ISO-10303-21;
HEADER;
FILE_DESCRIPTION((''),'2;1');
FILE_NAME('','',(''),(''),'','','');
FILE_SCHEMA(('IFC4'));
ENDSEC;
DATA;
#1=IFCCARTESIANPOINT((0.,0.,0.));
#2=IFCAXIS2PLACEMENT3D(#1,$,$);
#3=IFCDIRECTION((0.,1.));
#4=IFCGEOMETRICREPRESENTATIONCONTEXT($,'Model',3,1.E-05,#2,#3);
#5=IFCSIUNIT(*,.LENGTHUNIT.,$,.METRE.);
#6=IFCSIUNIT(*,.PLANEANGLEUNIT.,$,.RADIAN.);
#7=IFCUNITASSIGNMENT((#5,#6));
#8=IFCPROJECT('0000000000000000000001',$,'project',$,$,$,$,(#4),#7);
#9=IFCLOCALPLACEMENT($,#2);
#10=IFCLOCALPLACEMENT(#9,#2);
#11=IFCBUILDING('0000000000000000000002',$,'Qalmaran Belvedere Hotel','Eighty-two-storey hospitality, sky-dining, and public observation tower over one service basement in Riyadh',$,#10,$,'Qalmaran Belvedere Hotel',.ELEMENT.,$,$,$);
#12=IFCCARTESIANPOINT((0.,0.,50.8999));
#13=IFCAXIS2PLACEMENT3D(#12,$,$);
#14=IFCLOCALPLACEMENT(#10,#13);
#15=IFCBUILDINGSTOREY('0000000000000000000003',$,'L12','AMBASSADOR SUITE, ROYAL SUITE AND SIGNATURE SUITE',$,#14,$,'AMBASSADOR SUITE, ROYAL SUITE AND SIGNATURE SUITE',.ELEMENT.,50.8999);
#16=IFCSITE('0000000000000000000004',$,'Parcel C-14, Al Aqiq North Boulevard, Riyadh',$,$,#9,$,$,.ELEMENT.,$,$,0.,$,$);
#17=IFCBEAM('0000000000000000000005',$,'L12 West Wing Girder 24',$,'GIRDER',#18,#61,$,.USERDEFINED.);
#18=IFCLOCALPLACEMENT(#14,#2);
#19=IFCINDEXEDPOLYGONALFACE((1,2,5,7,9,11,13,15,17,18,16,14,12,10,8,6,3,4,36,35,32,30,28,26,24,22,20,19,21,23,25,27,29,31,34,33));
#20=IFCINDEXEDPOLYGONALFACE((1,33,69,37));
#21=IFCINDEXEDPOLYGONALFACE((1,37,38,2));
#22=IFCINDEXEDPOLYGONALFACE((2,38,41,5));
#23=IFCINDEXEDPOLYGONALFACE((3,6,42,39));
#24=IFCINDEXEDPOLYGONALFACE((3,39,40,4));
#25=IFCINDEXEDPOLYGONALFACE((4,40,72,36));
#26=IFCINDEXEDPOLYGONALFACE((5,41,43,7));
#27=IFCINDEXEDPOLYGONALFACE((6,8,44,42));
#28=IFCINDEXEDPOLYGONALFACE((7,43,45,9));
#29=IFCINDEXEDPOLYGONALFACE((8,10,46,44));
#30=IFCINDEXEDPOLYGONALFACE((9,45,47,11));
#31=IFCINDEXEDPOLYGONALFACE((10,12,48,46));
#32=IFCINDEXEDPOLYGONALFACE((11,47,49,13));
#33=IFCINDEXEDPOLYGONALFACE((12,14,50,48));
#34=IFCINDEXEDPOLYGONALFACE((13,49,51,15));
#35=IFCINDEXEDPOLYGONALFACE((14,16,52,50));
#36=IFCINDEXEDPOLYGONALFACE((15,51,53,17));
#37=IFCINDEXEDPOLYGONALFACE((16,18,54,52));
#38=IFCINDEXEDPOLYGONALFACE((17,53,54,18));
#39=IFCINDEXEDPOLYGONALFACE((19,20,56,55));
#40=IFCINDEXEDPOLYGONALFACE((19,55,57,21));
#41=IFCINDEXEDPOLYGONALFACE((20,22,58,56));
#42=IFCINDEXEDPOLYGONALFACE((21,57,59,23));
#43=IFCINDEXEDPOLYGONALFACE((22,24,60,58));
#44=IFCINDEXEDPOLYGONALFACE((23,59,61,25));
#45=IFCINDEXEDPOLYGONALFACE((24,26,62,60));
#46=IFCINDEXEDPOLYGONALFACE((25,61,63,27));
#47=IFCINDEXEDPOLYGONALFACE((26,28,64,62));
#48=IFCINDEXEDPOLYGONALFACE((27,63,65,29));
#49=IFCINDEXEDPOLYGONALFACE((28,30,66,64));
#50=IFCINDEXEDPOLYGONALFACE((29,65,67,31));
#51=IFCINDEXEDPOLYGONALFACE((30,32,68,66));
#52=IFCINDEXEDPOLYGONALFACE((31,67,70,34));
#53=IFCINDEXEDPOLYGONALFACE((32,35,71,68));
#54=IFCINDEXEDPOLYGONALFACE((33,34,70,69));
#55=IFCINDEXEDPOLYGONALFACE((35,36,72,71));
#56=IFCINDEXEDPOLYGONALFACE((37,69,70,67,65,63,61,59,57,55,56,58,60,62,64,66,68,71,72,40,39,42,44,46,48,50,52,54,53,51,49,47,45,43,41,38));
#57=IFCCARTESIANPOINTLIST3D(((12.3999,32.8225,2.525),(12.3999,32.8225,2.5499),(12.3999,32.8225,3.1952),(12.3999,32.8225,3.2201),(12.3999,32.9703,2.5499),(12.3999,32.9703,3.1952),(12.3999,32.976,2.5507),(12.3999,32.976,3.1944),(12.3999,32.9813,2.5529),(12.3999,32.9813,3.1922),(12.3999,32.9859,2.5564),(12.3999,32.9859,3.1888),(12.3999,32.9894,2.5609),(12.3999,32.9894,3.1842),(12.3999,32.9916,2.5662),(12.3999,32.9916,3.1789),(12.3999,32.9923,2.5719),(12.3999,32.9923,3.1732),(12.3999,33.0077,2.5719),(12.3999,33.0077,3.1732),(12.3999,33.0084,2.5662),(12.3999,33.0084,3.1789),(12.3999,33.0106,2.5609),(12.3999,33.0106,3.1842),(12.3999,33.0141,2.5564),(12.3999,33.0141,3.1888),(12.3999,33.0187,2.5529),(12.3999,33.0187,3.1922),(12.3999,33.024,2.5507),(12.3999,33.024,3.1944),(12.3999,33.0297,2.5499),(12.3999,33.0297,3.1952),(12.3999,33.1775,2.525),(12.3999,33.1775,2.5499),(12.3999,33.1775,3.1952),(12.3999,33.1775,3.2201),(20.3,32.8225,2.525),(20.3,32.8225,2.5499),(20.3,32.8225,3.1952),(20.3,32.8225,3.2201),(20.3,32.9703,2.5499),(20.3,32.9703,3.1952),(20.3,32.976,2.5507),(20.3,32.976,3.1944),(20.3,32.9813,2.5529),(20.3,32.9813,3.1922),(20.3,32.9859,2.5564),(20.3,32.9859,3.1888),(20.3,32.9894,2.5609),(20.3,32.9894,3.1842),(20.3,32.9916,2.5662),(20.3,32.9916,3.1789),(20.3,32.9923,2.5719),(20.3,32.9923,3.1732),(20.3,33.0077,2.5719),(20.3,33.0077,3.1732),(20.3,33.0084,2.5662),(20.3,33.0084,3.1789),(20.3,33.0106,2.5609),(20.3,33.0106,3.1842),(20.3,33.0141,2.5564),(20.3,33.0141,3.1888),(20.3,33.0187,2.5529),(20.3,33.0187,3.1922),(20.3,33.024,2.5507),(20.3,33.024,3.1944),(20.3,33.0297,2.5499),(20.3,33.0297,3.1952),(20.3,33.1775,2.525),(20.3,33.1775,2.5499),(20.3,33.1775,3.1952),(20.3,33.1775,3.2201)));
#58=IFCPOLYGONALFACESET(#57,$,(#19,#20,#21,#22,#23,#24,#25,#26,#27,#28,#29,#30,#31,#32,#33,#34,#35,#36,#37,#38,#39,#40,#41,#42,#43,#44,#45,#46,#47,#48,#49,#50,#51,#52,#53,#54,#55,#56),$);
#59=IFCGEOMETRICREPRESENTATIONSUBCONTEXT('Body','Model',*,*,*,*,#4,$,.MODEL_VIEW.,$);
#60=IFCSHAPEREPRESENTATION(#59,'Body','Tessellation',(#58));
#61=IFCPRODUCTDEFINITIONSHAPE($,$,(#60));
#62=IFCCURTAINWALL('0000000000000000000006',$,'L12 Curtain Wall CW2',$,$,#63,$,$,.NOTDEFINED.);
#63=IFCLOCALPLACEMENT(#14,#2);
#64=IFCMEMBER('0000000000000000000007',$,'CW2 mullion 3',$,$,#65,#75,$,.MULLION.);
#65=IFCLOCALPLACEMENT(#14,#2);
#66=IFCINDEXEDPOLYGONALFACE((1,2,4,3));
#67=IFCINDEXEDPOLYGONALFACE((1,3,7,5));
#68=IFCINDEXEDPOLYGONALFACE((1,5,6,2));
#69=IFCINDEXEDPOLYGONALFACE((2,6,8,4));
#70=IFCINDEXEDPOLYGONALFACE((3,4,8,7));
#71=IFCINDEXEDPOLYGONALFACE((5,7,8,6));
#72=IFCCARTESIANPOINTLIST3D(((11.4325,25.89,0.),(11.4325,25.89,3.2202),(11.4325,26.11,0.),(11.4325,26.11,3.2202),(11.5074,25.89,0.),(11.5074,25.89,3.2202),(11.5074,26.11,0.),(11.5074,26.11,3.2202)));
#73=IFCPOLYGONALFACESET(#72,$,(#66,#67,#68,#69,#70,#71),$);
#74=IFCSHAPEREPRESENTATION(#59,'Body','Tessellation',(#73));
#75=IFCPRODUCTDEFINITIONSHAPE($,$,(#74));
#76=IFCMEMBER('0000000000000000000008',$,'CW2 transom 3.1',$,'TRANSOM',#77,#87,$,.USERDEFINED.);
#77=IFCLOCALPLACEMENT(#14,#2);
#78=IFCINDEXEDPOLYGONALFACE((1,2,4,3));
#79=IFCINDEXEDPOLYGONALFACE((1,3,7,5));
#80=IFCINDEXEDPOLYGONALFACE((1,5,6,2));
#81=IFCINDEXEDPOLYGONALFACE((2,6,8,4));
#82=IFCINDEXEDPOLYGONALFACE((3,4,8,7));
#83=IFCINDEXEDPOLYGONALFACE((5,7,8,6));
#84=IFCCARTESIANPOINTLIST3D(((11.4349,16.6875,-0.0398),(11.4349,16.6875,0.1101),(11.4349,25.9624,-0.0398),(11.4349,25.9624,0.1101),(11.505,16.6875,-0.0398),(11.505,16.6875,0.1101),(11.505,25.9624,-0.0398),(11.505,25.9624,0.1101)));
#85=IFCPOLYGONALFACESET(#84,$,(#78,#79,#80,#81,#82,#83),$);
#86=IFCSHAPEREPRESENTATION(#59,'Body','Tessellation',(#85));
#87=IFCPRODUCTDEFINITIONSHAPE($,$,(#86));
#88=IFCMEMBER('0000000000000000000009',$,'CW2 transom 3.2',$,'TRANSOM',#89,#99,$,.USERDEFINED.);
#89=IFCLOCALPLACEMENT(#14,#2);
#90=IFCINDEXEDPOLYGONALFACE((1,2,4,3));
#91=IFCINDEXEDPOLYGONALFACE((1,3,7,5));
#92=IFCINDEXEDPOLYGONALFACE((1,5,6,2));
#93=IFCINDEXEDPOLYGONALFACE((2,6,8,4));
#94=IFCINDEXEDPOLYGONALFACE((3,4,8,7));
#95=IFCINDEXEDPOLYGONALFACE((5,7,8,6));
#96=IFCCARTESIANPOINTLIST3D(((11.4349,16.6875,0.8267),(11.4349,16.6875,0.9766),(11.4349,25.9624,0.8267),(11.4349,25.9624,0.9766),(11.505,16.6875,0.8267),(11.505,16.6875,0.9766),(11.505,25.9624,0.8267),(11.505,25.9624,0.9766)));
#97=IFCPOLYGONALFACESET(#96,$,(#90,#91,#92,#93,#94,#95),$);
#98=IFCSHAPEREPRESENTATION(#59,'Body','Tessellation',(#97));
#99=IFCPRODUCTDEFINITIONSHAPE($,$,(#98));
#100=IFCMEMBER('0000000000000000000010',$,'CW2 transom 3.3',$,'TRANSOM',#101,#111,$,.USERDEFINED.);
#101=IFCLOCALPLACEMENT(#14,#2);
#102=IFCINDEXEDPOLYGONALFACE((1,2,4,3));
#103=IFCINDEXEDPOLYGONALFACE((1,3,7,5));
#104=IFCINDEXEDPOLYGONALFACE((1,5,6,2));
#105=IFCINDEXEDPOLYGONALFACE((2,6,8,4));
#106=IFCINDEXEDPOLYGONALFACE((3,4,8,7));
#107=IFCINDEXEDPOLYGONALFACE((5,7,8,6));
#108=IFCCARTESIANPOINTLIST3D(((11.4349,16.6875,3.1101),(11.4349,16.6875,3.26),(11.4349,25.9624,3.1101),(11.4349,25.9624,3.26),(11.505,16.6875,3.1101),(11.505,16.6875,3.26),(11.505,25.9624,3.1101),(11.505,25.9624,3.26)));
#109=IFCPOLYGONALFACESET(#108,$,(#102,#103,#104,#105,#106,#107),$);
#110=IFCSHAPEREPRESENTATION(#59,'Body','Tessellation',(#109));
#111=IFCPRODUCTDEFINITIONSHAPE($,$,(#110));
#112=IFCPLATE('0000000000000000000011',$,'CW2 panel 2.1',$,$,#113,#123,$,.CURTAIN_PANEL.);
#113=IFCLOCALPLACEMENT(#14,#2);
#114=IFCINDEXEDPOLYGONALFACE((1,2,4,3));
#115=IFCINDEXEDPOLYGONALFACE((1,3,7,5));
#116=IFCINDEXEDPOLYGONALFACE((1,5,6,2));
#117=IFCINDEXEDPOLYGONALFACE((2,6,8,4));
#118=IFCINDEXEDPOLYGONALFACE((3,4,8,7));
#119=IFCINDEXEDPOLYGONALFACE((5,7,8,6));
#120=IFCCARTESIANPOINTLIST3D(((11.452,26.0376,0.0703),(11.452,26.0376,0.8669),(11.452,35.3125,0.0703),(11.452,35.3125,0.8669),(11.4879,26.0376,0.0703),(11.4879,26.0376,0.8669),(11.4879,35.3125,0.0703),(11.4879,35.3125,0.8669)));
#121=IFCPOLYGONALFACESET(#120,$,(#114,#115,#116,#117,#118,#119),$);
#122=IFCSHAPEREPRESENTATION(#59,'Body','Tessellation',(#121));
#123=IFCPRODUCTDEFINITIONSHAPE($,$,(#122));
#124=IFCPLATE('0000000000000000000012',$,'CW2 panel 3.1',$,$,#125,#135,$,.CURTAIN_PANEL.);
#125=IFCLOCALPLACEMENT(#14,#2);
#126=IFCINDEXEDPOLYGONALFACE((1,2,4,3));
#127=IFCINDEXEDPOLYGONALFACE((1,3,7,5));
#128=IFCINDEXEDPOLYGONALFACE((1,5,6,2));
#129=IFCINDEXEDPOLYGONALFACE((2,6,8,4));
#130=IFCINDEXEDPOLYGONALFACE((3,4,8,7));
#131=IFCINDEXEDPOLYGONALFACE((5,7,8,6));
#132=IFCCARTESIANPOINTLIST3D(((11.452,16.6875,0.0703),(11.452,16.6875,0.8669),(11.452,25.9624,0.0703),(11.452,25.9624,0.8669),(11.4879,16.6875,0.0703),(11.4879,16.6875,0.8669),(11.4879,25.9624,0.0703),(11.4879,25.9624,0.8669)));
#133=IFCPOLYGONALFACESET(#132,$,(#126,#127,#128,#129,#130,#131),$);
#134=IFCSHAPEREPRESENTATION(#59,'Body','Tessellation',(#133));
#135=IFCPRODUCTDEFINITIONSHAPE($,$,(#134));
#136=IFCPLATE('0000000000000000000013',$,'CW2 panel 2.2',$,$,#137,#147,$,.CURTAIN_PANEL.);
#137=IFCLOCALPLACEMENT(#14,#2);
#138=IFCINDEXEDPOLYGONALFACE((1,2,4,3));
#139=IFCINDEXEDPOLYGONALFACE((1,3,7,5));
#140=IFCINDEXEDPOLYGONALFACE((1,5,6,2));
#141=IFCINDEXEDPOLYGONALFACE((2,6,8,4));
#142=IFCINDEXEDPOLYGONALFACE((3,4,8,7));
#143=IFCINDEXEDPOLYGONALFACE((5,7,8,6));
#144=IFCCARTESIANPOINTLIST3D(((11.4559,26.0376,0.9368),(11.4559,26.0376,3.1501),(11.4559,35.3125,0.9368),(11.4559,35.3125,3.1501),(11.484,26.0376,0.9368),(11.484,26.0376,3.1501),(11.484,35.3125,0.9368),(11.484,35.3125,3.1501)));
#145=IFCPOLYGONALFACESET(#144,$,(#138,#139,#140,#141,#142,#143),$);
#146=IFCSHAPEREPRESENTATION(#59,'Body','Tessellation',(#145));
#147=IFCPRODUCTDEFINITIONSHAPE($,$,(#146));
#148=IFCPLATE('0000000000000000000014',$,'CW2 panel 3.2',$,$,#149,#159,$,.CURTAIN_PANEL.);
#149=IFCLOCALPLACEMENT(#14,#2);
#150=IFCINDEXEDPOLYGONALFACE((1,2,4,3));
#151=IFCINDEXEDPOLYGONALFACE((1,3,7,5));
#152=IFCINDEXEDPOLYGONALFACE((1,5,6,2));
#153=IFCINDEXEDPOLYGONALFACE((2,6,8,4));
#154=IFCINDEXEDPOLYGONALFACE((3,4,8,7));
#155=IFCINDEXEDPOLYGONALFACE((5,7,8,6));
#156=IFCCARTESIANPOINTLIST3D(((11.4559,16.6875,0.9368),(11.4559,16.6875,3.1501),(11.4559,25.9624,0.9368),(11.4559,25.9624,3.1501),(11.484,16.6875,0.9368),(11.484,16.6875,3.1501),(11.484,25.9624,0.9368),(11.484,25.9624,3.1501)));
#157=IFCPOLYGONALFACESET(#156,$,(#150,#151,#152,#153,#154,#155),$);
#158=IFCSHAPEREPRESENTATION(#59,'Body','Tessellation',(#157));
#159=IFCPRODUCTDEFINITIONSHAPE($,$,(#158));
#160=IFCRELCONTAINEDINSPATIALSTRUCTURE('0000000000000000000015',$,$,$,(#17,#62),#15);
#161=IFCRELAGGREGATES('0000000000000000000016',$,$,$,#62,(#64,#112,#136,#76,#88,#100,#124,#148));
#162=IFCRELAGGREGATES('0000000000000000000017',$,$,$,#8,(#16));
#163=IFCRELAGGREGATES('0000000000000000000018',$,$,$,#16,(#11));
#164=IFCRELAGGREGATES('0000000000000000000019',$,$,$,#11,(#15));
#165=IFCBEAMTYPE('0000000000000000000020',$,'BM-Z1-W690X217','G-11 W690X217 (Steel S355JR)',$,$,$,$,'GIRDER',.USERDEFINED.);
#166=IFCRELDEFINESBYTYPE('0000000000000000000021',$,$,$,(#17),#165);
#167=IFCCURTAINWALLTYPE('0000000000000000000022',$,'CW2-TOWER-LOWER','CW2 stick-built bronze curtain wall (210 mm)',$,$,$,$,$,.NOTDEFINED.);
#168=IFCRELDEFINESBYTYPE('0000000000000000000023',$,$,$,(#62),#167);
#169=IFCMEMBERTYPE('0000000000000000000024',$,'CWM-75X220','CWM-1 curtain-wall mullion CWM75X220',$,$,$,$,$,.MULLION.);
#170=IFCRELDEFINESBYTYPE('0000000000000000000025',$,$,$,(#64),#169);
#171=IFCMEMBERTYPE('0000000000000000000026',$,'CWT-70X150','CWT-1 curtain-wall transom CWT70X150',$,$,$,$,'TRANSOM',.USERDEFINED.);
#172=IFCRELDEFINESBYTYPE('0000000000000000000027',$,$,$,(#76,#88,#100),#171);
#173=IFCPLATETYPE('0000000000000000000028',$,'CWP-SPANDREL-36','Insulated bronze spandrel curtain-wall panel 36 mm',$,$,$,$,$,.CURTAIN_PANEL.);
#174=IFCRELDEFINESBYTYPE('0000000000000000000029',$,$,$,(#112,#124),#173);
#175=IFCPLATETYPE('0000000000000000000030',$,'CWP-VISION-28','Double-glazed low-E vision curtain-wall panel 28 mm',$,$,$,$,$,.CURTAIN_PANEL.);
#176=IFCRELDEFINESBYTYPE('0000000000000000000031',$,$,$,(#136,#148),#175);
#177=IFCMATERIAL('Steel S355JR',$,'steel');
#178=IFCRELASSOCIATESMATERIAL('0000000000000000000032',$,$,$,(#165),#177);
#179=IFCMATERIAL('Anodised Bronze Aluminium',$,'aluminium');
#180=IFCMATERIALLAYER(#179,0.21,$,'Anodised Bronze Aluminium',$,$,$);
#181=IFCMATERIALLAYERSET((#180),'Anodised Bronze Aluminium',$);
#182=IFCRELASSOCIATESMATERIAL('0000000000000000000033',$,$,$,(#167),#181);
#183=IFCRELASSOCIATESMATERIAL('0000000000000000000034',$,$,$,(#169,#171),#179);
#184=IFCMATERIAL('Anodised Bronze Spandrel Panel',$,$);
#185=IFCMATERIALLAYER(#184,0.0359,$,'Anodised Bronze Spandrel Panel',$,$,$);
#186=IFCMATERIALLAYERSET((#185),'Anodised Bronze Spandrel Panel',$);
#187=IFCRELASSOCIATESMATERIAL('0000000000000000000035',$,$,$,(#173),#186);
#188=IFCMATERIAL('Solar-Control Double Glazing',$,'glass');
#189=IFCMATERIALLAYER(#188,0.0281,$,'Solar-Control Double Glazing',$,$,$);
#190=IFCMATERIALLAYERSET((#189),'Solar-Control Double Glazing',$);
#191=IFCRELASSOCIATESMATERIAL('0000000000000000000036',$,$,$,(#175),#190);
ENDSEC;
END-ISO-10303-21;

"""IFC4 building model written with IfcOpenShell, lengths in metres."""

from ifc_helpers import new_model, si_unit, direction, frame, origin, origin_2d, place, context, subcontext, project, spatial, rectangle, i_section, extrude, material, layer, layer_set, material_profile, profile_set, type_object, element, aggregate, save


model = new_model("IFC4")

# Units and contexts
model_context = context("Model", 3, precision=1e-05, world=origin(), true_north=direction((0.0, 1.0)))
body_context = subcontext(model_context, "Body", "Model", "MODEL_VIEW")
ifc_project = project(units=[si_unit("LENGTHUNIT", "METRE"), si_unit("PLANEANGLEUNIT", "RADIAN")], contexts=[model_context])

# Site, building, storey
site_placement = place(None, origin())
site = spatial("IfcSite", under=ifc_project, at=site_placement, Name="Parcel C-14, Al Aqiq North Boulevard, Riyadh", CompositionType="ELEMENT", RefElevation=0.0)
building_placement = place(site_placement, origin())
building = spatial("IfcBuilding", under=site, at=building_placement, Name="Qalmaran Belvedere Hotel", Description="Eighty-two-storey hospitality, sky-dining, and public observation tower over one service basement in Riyadh", LongName="Qalmaran Belvedere Hotel", CompositionType="ELEMENT")
storey_placement = place(building_placement, frame((0.0, 0.0, 50.8999)))
storey = spatial("IfcBuildingStorey", under=building, at=storey_placement, Name="L12", Description="AMBASSADOR SUITE, ROYAL SUITE AND SIGNATURE SUITE", LongName="AMBASSADOR SUITE, ROYAL SUITE AND SIGNATURE SUITE", CompositionType="ELEMENT", Elevation=50.8999)

# Beam
ifc_material_1 = material(Name="Steel S355JR", Category="steel")
ifc_material_profile_1 = material_profile(ifc_material_1, i_section(OverallWidth=0.355, OverallDepth=0.6951, WebThickness=0.0154, FlangeThickness=0.0249, FilletRadius=0.022, at=origin_2d()), Name="W690X217")
ifc_profile_set_1 = profile_set([ifc_material_profile_1], Name="Steel S355JR")
beam_type_1 = type_object("IfcBeamType", Name="BM-Z1-W690X217", Description="G-11 W690X217 (Steel S355JR)", ElementType="GIRDER", PredefinedType="USERDEFINED", material=ifc_profile_set_1)
for number, where, z_axis, x_axis, name in (
    (1, (12.3999, 33.0, 2.8726), (1.0, 0.0, 0.0), (0.0, 1.0, 0.0), "L12 West Wing Girder 24"),
):
    element("IfcBeam", number, at=place(storey_placement, frame(where, z_axis=z_axis, x_axis=x_axis)), inside=storey, type_object=beam_type_1, Name=name, ObjectType="GIRDER", PredefinedType="USERDEFINED", context=body_context, shape_type="SweptSolid", body=[
        extrude(i_section(OverallWidth=0.355, OverallDepth=0.6951, WebThickness=0.0154, FlangeThickness=0.0249, FilletRadius=0.022, at=origin_2d()), origin(), (0.0, 0.0, 1.0), 7.9001),
    ])

# Curtain wall, members, plates
ifc_material_2 = material(Name="Anodised Bronze Aluminium", Category="aluminium")
ifc_layer_1 = layer(ifc_material_2, 0.21, Name="Anodised Bronze Aluminium")
ifc_layer_set_1 = layer_set([ifc_layer_1], Name="Anodised Bronze Aluminium")
curtain_wall_type = type_object("IfcCurtainWallType", Name="CW2-TOWER-LOWER", Description="CW2 stick-built bronze curtain wall (210 mm)", PredefinedType="NOTDEFINED", material=ifc_layer_set_1)
curtain_wall_placement = place(storey_placement, origin())
curtain_wall = element("IfcCurtainWall", 2, at=curtain_wall_placement, inside=storey, type_object=curtain_wall_type, Name="L12 Curtain Wall CW2", PredefinedType="NOTDEFINED")
ifc_material_profile_2 = material_profile(ifc_material_2, rectangle(XDim=0.075, YDim=0.22, at=origin_2d()), Name="CWM75X220")
ifc_profile_set_2 = profile_set([ifc_material_profile_2], Name="Anodised Bronze Aluminium")
member_type_1 = type_object("IfcMemberType", Name="CWM-75X220", Description="CWM-1 curtain-wall mullion CWM75X220", PredefinedType="MULLION", material=ifc_profile_set_2)
member_1_placement = place(storey_placement, frame((11.47, 26.0, 0.0), z_axis=(0.0, 0.0, 1.0), x_axis=(1.0, 0.0, 0.0)))
member_1 = element("IfcMember", 3, at=member_1_placement, type_object=member_type_1, Name="CW2 mullion 3", PredefinedType="MULLION", context=body_context, shape_type="SweptSolid", body=[
    extrude(rectangle(XDim=0.075, YDim=0.22, at=origin_2d()), origin(), (0.0, 0.0, 1.0), 3.2202),
])
ifc_material_profile_3 = material_profile(ifc_material_2, rectangle(XDim=0.0701, YDim=0.1499, at=origin_2d()), Name="CWT70X150")
ifc_profile_set_3 = profile_set([ifc_material_profile_3], Name="Anodised Bronze Aluminium")
member_type_2 = type_object("IfcMemberType", Name="CWT-70X150", Description="CWT-1 curtain-wall transom CWT70X150", ElementType="TRANSOM", PredefinedType="USERDEFINED", material=ifc_profile_set_3)
member_2_placement = place(storey_placement, frame((11.47, 25.9624, 0.0352), z_axis=(0.0, -1.0, 0.0), x_axis=(1.0, 0.0, 0.0)))
member_2 = element("IfcMember", 4, at=member_2_placement, type_object=member_type_2, Name="CW2 transom 3.1", ObjectType="TRANSOM", PredefinedType="USERDEFINED", context=body_context, shape_type="SweptSolid", body=[
    extrude(rectangle(XDim=0.0701, YDim=0.1499, at=origin_2d()), origin(), (0.0, 0.0, 1.0), 9.2749),
])
member_3_placement = place(storey_placement, frame((11.47, 25.9624, 0.9016), z_axis=(0.0, -1.0, 0.0), x_axis=(1.0, 0.0, 0.0)))
member_3 = element("IfcMember", 5, at=member_3_placement, type_object=member_type_2, Name="CW2 transom 3.2", ObjectType="TRANSOM", PredefinedType="USERDEFINED", context=body_context, shape_type="SweptSolid", body=[
    extrude(rectangle(XDim=0.0701, YDim=0.1499, at=origin_2d()), origin(), (0.0, 0.0, 1.0), 9.2749),
])
member_4_placement = place(storey_placement, frame((11.47, 25.9624, 3.1851), z_axis=(0.0, -1.0, 0.0), x_axis=(1.0, 0.0, 0.0)))
member_4 = element("IfcMember", 6, at=member_4_placement, type_object=member_type_2, Name="CW2 transom 3.3", ObjectType="TRANSOM", PredefinedType="USERDEFINED", context=body_context, shape_type="SweptSolid", body=[
    extrude(rectangle(XDim=0.0701, YDim=0.1499, at=origin_2d()), origin(), (0.0, 0.0, 1.0), 9.2749),
])
ifc_material_3 = material(Name="Anodised Bronze Spandrel Panel")
ifc_layer_2 = layer(ifc_material_3, 0.0359, Name="Anodised Bronze Spandrel Panel")
ifc_layer_set_2 = layer_set([ifc_layer_2], Name="Anodised Bronze Spandrel Panel")
plate_type_1 = type_object("IfcPlateType", Name="CWP-SPANDREL-36", Description="Insulated bronze spandrel curtain-wall panel 36 mm", PredefinedType="CURTAIN_PANEL", material=ifc_layer_set_2)
plate_1_placement = place(storey_placement, frame((11.47, 30.675, 0.0703), z_axis=(0.0, 0.0, 1.0), x_axis=(0.0, -1.0, 0.0)))
plate_1 = element("IfcPlate", 7, at=plate_1_placement, type_object=plate_type_1, Name="CW2 panel 2.1", PredefinedType="CURTAIN_PANEL", context=body_context, shape_type="SweptSolid", body=[
    extrude(rectangle(XDim=9.2749, YDim=0.0359, at=origin_2d()), origin(), (0.0, 0.0, 1.0), 0.7966),
])
plate_2_placement = place(storey_placement, frame((11.47, 21.325, 0.0703), z_axis=(0.0, 0.0, 1.0), x_axis=(0.0, -1.0, 0.0)))
plate_2 = element("IfcPlate", 8, at=plate_2_placement, type_object=plate_type_1, Name="CW2 panel 3.1", PredefinedType="CURTAIN_PANEL", context=body_context, shape_type="SweptSolid", body=[
    extrude(rectangle(XDim=9.2749, YDim=0.0359, at=origin_2d()), origin(), (0.0, 0.0, 1.0), 0.7966),
])
ifc_material_4 = material(Name="Solar-Control Double Glazing", Category="glass")
ifc_layer_3 = layer(ifc_material_4, 0.0281, Name="Solar-Control Double Glazing")
ifc_layer_set_3 = layer_set([ifc_layer_3], Name="Solar-Control Double Glazing")
plate_type_2 = type_object("IfcPlateType", Name="CWP-VISION-28", Description="Double-glazed low-E vision curtain-wall panel 28 mm", PredefinedType="CURTAIN_PANEL", material=ifc_layer_set_3)
plate_3_placement = place(storey_placement, frame((11.47, 30.675, 0.9368), z_axis=(0.0, 0.0, 1.0), x_axis=(0.0, -1.0, 0.0)))
plate_3 = element("IfcPlate", 9, at=plate_3_placement, type_object=plate_type_2, Name="CW2 panel 2.2", PredefinedType="CURTAIN_PANEL", context=body_context, shape_type="SweptSolid", body=[
    extrude(rectangle(XDim=9.2749, YDim=0.0281, at=origin_2d()), origin(), (0.0, 0.0, 1.0), 2.2134),
])
plate_4_placement = place(storey_placement, frame((11.47, 21.325, 0.9368), z_axis=(0.0, 0.0, 1.0), x_axis=(0.0, -1.0, 0.0)))
plate_4 = element("IfcPlate", 10, at=plate_4_placement, type_object=plate_type_2, Name="CW2 panel 3.2", PredefinedType="CURTAIN_PANEL", context=body_context, shape_type="SweptSolid", body=[
    extrude(rectangle(XDim=9.2749, YDim=0.0281, at=origin_2d()), origin(), (0.0, 0.0, 1.0), 2.2134),
])
aggregate(curtain_wall, [member_1, plate_1, plate_3, member_2, member_3, member_4, plate_2, plate_4])

save(model, "model.ifc")
